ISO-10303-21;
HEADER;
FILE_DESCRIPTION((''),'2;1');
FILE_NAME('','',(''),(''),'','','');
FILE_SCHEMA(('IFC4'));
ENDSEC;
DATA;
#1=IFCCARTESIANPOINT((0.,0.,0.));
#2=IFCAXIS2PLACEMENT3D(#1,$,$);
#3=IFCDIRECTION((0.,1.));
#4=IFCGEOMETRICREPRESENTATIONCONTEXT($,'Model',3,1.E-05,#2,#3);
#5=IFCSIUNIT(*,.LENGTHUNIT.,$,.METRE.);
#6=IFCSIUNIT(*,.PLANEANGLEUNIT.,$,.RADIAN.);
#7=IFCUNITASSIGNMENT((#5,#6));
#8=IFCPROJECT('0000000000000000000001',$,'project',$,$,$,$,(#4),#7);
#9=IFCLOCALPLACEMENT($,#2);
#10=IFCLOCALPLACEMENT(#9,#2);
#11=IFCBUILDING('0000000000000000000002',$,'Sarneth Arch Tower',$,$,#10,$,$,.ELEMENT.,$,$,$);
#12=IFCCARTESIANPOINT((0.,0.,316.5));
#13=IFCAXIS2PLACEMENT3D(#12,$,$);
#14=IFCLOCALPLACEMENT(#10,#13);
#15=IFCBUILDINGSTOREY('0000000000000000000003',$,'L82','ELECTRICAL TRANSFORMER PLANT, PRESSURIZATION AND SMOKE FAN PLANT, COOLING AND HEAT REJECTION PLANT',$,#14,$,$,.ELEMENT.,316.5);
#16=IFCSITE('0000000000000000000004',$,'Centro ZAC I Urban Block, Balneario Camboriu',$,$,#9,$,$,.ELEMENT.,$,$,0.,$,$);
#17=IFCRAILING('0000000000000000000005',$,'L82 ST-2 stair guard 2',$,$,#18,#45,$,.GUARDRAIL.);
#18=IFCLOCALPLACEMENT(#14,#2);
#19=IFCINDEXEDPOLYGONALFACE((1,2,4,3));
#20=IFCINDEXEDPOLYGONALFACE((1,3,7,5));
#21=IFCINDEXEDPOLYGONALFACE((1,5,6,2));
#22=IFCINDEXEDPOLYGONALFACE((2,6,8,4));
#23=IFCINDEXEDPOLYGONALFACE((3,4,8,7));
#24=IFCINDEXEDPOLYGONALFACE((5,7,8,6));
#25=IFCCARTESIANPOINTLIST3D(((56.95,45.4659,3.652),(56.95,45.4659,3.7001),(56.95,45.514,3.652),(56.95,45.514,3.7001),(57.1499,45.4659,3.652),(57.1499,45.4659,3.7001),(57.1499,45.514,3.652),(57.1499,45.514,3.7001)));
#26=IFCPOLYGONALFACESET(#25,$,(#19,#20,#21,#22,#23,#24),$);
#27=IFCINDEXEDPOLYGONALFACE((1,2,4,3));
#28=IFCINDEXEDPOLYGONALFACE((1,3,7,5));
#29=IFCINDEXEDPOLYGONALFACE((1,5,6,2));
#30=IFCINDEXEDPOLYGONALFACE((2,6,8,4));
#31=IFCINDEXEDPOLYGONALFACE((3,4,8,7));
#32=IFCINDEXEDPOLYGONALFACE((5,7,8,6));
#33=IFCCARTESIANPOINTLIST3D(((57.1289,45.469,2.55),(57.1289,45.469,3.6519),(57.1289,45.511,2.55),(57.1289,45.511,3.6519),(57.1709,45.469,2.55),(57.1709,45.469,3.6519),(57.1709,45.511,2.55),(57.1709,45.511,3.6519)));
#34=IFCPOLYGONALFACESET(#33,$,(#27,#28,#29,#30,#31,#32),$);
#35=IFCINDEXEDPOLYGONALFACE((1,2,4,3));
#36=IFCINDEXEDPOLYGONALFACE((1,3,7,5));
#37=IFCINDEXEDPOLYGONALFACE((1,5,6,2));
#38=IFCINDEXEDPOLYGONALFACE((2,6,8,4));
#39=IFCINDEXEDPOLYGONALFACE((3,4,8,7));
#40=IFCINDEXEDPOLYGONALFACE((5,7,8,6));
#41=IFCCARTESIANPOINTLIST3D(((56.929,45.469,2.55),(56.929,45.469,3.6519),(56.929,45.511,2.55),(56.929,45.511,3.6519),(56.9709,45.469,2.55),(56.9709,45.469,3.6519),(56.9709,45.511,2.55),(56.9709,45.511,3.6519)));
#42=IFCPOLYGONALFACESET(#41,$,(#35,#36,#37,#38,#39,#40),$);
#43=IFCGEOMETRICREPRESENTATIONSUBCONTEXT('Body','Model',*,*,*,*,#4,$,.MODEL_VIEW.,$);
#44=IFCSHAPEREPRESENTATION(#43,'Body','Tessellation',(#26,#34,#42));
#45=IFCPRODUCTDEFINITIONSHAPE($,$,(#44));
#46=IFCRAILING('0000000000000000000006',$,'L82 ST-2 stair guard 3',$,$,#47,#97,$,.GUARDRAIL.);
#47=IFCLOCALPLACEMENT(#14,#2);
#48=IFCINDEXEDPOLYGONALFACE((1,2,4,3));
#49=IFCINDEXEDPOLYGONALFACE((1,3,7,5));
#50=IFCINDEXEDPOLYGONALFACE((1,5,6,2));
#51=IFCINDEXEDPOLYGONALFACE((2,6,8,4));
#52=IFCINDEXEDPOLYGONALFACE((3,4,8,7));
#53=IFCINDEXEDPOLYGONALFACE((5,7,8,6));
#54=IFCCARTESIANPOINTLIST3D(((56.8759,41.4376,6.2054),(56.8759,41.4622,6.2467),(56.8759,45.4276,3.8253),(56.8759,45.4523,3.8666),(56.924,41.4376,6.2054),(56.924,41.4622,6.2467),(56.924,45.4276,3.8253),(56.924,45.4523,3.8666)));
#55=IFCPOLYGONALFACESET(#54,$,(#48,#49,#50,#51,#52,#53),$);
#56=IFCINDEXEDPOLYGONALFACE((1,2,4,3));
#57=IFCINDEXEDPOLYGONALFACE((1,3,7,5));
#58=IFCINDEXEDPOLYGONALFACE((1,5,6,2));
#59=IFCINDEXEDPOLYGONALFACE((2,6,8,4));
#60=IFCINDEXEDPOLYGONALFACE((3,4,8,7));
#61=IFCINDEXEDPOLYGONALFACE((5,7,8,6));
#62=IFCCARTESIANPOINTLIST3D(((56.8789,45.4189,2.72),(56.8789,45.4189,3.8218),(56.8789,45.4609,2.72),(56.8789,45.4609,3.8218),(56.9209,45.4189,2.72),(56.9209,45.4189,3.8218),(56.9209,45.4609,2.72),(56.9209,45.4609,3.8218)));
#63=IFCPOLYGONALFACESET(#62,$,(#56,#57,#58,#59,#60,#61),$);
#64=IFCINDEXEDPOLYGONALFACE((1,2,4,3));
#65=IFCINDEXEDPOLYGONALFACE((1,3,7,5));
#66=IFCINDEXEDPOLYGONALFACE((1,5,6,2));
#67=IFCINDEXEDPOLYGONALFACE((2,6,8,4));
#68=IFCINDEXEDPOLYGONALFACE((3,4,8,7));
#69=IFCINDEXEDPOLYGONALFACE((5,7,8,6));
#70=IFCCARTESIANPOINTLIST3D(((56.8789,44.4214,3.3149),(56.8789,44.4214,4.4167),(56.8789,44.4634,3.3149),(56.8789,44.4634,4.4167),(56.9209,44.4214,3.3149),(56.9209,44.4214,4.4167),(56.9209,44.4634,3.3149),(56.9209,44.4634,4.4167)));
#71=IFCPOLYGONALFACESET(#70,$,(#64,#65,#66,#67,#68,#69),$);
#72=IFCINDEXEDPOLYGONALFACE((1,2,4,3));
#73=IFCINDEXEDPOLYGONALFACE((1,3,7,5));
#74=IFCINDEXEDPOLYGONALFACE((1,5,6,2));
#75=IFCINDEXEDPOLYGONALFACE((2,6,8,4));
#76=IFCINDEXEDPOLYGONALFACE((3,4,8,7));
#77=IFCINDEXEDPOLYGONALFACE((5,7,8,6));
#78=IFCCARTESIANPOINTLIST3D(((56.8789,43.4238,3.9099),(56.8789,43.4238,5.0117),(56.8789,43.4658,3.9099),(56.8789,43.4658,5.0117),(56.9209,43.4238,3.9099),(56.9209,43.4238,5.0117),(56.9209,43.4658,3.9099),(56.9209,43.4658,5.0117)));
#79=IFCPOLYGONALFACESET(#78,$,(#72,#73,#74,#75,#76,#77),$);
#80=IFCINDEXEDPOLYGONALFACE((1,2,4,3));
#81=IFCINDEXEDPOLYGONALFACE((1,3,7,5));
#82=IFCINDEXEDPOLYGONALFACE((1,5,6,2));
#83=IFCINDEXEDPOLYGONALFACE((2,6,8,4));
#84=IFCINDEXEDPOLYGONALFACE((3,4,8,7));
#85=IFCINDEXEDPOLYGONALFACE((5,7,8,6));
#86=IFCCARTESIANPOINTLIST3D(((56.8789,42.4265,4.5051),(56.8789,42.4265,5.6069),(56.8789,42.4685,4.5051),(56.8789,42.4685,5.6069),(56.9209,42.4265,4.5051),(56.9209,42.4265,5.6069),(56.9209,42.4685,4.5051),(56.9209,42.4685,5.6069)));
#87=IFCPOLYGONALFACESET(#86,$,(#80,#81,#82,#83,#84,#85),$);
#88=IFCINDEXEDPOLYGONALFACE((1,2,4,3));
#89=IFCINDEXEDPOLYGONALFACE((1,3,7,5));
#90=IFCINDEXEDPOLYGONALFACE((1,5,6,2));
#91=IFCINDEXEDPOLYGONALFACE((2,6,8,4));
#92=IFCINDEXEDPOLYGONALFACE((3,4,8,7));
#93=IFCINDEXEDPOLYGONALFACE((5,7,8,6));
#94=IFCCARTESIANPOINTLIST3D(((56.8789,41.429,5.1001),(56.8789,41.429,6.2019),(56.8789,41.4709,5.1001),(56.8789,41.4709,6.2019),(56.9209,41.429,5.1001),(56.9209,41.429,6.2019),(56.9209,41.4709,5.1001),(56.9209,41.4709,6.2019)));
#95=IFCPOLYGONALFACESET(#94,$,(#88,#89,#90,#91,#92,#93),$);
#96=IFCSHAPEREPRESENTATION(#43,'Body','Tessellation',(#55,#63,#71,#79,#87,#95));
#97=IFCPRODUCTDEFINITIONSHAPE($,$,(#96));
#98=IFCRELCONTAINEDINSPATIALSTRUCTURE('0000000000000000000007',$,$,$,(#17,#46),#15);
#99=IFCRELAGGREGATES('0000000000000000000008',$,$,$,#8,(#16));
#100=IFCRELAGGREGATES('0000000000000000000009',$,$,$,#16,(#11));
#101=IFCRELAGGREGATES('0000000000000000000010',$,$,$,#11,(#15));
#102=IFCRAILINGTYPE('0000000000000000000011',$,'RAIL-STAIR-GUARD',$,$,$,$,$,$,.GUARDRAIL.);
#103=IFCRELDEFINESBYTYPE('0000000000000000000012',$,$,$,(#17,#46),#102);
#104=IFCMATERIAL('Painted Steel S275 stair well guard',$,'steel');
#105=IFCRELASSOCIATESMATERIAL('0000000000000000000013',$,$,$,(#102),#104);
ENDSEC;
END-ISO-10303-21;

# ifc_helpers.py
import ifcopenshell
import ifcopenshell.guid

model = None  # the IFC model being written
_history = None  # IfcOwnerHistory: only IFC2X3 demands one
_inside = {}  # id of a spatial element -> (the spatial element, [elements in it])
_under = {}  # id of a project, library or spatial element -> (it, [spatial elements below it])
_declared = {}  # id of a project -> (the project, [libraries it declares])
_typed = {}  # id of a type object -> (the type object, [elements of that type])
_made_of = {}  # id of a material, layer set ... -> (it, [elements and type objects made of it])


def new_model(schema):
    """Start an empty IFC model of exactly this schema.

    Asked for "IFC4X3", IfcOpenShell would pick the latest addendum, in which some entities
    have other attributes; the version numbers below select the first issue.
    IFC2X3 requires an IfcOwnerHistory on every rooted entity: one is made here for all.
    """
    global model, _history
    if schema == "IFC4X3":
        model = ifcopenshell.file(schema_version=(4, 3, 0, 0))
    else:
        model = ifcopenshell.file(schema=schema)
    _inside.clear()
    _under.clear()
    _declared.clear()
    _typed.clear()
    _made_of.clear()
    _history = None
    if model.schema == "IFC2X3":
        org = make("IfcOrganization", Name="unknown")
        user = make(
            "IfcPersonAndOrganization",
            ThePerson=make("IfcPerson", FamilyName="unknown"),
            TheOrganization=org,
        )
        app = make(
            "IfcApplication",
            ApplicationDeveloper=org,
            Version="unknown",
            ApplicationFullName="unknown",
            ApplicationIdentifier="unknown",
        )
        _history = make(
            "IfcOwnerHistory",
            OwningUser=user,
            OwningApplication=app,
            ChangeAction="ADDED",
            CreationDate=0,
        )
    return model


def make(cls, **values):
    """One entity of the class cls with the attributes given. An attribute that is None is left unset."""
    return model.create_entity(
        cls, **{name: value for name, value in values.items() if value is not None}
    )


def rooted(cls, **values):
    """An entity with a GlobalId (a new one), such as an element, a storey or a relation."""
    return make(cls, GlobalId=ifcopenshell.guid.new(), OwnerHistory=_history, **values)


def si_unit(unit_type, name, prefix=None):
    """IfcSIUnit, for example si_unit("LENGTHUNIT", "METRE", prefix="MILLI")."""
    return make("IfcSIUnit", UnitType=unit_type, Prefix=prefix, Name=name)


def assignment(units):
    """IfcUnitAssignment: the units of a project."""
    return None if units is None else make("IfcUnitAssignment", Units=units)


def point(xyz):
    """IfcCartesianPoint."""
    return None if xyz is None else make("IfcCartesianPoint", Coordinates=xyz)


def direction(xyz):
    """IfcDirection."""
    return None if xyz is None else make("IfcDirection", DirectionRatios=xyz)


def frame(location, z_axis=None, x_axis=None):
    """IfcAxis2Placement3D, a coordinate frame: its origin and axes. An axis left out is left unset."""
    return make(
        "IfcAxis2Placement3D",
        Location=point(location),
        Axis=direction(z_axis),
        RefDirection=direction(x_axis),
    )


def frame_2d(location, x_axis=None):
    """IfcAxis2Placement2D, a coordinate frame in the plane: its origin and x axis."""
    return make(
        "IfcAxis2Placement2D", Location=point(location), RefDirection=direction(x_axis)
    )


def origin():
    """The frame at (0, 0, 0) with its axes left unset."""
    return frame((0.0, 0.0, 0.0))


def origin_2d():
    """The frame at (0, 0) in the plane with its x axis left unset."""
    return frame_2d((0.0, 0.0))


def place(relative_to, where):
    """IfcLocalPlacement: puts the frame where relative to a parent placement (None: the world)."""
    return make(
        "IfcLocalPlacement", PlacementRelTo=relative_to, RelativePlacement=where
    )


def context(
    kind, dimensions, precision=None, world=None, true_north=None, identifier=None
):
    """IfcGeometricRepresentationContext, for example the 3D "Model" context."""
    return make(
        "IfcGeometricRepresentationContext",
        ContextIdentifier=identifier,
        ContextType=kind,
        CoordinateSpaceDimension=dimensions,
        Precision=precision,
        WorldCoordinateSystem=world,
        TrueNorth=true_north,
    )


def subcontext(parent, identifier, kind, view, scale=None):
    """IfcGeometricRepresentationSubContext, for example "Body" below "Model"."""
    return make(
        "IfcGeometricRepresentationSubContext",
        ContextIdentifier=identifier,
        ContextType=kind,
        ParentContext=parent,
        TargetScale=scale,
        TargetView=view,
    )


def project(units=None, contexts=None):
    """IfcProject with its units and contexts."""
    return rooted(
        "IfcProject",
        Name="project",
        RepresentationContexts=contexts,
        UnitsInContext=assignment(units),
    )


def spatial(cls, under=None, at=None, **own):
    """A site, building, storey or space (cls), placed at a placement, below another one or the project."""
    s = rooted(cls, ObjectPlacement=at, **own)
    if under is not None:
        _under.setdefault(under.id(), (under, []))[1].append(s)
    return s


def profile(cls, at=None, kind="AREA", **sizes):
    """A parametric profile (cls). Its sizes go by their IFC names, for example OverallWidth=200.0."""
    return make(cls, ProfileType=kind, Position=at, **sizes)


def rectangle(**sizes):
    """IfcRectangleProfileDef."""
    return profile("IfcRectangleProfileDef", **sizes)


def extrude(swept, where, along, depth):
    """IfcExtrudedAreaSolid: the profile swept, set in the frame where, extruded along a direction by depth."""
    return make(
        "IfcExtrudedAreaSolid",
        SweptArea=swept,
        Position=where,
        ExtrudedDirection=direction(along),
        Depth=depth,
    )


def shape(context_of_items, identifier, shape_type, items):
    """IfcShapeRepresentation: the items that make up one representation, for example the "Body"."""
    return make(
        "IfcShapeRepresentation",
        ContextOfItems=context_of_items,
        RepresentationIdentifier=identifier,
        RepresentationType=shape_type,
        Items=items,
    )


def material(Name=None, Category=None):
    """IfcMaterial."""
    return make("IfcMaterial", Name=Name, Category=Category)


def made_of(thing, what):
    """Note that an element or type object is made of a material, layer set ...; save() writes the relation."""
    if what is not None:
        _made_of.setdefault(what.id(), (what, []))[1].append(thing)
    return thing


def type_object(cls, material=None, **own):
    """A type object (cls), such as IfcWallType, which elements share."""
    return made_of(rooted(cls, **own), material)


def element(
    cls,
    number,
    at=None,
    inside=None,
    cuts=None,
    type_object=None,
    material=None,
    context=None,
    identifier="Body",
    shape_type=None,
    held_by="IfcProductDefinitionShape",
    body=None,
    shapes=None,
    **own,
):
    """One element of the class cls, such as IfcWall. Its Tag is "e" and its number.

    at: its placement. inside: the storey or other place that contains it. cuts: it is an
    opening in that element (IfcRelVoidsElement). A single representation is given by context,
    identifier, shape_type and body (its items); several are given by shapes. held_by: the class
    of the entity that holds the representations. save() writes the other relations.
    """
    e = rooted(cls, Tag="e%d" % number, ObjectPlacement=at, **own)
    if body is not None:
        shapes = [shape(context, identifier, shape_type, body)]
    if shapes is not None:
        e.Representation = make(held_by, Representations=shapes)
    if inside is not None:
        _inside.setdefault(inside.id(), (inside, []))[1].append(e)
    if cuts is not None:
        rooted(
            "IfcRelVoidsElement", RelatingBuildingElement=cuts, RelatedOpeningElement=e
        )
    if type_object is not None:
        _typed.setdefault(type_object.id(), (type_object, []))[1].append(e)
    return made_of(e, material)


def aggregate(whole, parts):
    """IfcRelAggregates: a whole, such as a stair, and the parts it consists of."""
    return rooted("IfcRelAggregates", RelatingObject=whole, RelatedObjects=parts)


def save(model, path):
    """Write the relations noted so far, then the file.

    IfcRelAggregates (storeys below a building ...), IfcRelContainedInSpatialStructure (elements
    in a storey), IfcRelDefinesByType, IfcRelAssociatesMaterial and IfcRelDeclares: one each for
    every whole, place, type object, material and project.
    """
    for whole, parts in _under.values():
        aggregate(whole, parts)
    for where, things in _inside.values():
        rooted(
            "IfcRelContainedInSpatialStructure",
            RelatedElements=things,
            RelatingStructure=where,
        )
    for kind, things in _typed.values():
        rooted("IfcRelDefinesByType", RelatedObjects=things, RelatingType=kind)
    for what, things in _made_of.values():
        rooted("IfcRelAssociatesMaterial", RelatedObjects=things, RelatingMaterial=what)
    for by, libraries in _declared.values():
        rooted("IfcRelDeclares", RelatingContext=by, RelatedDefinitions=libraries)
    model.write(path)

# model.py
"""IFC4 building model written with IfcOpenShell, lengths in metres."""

from ifc_helpers import new_model, si_unit, direction, frame, origin, origin_2d, place, context, subcontext, project, spatial, rectangle, extrude, material, type_object, element, save


model = new_model("IFC4")

# Units and contexts
model_context = context("Model", 3, precision=1e-05, world=origin(), true_north=direction((0.0, 1.0)))
body_context = subcontext(model_context, "Body", "Model", "MODEL_VIEW")
ifc_project = project(units=[si_unit("LENGTHUNIT", "METRE"), si_unit("PLANEANGLEUNIT", "RADIAN")], contexts=[model_context])

# Site, building, storey
site_placement = place(None, origin())
site = spatial("IfcSite", under=ifc_project, at=site_placement, Name="Centro ZAC I Urban Block, Balneario Camboriu", CompositionType="ELEMENT", RefElevation=0.0)
building_placement = place(site_placement, origin())
building = spatial("IfcBuilding", under=site, at=building_placement, Name="Sarneth Arch Tower", CompositionType="ELEMENT")
storey_placement = place(building_placement, frame((0.0, 0.0, 316.5)))
storey = spatial("IfcBuildingStorey", under=building, at=storey_placement, Name="L82", Description="ELECTRICAL TRANSFORMER PLANT, PRESSURIZATION AND SMOKE FAN PLANT, COOLING AND HEAT REJECTION PLANT", CompositionType="ELEMENT", Elevation=316.5)

# Railings
ifc_material_1 = material(Name="Painted Steel S275 stair well guard", Category="steel")
railing_type_1 = type_object("IfcRailingType", Name="RAIL-STAIR-GUARD", PredefinedType="GUARDRAIL", material=ifc_material_1)
railing_1_placement = place(storey_placement, frame((57.1499, 45.49, 2.55)))
element("IfcRailing", 1, at=railing_1_placement, inside=storey, type_object=railing_type_1, Name="L82 ST-2 stair guard 2", PredefinedType="GUARDRAIL", context=body_context, shape_type="SweptSolid", body=[
    extrude(rectangle(XDim=0.0481, YDim=0.0481, at=origin_2d()), frame((0.0, 0.0, 1.126), z_axis=(-1.0, 0.0, 0.0), x_axis=(0.0, -1.0, 0.0)), (0.0, 0.0, 1.0), 0.2),
    extrude(rectangle(XDim=0.042, YDim=0.042, at=origin_2d()), origin(), (0.0, 0.0, 1.0), 1.1018),
    extrude(rectangle(XDim=0.042, YDim=0.042, at=origin_2d()), frame((-0.2, 0.0, 0.0)), (0.0, 0.0, 1.0), 1.1018),
])
railing_2_placement = place(storey_placement, frame((56.8999, 45.4399, 2.72)))
element("IfcRailing", 2, at=railing_2_placement, inside=storey, type_object=railing_type_1, Name="L82 ST-2 stair guard 3", PredefinedType="GUARDRAIL", context=body_context, shape_type="SweptSolid", body=[
    extrude(rectangle(XDim=0.0481, YDim=0.0481, at=origin_2d()), frame((0.0, 0.0, 1.126), z_axis=(0.0, -0.858807, 0.512299), x_axis=(1.0, 0.0, 0.0)), (0.0, 0.0, 1.0), 4.646),
    extrude(rectangle(XDim=0.042, YDim=0.042, at=origin_2d()), origin(), (0.0, 0.0, 1.0), 1.1018),
    extrude(rectangle(XDim=0.042, YDim=0.042, at=origin_2d()), frame((0.0, -0.9976, 0.595)), (0.0, 0.0, 1.0), 1.1018),
    extrude(rectangle(XDim=0.042, YDim=0.042, at=origin_2d()), frame((0.0, -1.9951, 1.1899)), (0.0, 0.0, 1.0), 1.1018),
    extrude(rectangle(XDim=0.042, YDim=0.042, at=origin_2d()), frame((0.0, -2.9924, 1.7852)), (0.0, 0.0, 1.0), 1.1018),
    extrude(rectangle(XDim=0.042, YDim=0.042, at=origin_2d()), frame((0.0, -3.99, 2.3801)), (0.0, 0.0, 1.0), 1.1018),
])

save(model, "model.ifc")
